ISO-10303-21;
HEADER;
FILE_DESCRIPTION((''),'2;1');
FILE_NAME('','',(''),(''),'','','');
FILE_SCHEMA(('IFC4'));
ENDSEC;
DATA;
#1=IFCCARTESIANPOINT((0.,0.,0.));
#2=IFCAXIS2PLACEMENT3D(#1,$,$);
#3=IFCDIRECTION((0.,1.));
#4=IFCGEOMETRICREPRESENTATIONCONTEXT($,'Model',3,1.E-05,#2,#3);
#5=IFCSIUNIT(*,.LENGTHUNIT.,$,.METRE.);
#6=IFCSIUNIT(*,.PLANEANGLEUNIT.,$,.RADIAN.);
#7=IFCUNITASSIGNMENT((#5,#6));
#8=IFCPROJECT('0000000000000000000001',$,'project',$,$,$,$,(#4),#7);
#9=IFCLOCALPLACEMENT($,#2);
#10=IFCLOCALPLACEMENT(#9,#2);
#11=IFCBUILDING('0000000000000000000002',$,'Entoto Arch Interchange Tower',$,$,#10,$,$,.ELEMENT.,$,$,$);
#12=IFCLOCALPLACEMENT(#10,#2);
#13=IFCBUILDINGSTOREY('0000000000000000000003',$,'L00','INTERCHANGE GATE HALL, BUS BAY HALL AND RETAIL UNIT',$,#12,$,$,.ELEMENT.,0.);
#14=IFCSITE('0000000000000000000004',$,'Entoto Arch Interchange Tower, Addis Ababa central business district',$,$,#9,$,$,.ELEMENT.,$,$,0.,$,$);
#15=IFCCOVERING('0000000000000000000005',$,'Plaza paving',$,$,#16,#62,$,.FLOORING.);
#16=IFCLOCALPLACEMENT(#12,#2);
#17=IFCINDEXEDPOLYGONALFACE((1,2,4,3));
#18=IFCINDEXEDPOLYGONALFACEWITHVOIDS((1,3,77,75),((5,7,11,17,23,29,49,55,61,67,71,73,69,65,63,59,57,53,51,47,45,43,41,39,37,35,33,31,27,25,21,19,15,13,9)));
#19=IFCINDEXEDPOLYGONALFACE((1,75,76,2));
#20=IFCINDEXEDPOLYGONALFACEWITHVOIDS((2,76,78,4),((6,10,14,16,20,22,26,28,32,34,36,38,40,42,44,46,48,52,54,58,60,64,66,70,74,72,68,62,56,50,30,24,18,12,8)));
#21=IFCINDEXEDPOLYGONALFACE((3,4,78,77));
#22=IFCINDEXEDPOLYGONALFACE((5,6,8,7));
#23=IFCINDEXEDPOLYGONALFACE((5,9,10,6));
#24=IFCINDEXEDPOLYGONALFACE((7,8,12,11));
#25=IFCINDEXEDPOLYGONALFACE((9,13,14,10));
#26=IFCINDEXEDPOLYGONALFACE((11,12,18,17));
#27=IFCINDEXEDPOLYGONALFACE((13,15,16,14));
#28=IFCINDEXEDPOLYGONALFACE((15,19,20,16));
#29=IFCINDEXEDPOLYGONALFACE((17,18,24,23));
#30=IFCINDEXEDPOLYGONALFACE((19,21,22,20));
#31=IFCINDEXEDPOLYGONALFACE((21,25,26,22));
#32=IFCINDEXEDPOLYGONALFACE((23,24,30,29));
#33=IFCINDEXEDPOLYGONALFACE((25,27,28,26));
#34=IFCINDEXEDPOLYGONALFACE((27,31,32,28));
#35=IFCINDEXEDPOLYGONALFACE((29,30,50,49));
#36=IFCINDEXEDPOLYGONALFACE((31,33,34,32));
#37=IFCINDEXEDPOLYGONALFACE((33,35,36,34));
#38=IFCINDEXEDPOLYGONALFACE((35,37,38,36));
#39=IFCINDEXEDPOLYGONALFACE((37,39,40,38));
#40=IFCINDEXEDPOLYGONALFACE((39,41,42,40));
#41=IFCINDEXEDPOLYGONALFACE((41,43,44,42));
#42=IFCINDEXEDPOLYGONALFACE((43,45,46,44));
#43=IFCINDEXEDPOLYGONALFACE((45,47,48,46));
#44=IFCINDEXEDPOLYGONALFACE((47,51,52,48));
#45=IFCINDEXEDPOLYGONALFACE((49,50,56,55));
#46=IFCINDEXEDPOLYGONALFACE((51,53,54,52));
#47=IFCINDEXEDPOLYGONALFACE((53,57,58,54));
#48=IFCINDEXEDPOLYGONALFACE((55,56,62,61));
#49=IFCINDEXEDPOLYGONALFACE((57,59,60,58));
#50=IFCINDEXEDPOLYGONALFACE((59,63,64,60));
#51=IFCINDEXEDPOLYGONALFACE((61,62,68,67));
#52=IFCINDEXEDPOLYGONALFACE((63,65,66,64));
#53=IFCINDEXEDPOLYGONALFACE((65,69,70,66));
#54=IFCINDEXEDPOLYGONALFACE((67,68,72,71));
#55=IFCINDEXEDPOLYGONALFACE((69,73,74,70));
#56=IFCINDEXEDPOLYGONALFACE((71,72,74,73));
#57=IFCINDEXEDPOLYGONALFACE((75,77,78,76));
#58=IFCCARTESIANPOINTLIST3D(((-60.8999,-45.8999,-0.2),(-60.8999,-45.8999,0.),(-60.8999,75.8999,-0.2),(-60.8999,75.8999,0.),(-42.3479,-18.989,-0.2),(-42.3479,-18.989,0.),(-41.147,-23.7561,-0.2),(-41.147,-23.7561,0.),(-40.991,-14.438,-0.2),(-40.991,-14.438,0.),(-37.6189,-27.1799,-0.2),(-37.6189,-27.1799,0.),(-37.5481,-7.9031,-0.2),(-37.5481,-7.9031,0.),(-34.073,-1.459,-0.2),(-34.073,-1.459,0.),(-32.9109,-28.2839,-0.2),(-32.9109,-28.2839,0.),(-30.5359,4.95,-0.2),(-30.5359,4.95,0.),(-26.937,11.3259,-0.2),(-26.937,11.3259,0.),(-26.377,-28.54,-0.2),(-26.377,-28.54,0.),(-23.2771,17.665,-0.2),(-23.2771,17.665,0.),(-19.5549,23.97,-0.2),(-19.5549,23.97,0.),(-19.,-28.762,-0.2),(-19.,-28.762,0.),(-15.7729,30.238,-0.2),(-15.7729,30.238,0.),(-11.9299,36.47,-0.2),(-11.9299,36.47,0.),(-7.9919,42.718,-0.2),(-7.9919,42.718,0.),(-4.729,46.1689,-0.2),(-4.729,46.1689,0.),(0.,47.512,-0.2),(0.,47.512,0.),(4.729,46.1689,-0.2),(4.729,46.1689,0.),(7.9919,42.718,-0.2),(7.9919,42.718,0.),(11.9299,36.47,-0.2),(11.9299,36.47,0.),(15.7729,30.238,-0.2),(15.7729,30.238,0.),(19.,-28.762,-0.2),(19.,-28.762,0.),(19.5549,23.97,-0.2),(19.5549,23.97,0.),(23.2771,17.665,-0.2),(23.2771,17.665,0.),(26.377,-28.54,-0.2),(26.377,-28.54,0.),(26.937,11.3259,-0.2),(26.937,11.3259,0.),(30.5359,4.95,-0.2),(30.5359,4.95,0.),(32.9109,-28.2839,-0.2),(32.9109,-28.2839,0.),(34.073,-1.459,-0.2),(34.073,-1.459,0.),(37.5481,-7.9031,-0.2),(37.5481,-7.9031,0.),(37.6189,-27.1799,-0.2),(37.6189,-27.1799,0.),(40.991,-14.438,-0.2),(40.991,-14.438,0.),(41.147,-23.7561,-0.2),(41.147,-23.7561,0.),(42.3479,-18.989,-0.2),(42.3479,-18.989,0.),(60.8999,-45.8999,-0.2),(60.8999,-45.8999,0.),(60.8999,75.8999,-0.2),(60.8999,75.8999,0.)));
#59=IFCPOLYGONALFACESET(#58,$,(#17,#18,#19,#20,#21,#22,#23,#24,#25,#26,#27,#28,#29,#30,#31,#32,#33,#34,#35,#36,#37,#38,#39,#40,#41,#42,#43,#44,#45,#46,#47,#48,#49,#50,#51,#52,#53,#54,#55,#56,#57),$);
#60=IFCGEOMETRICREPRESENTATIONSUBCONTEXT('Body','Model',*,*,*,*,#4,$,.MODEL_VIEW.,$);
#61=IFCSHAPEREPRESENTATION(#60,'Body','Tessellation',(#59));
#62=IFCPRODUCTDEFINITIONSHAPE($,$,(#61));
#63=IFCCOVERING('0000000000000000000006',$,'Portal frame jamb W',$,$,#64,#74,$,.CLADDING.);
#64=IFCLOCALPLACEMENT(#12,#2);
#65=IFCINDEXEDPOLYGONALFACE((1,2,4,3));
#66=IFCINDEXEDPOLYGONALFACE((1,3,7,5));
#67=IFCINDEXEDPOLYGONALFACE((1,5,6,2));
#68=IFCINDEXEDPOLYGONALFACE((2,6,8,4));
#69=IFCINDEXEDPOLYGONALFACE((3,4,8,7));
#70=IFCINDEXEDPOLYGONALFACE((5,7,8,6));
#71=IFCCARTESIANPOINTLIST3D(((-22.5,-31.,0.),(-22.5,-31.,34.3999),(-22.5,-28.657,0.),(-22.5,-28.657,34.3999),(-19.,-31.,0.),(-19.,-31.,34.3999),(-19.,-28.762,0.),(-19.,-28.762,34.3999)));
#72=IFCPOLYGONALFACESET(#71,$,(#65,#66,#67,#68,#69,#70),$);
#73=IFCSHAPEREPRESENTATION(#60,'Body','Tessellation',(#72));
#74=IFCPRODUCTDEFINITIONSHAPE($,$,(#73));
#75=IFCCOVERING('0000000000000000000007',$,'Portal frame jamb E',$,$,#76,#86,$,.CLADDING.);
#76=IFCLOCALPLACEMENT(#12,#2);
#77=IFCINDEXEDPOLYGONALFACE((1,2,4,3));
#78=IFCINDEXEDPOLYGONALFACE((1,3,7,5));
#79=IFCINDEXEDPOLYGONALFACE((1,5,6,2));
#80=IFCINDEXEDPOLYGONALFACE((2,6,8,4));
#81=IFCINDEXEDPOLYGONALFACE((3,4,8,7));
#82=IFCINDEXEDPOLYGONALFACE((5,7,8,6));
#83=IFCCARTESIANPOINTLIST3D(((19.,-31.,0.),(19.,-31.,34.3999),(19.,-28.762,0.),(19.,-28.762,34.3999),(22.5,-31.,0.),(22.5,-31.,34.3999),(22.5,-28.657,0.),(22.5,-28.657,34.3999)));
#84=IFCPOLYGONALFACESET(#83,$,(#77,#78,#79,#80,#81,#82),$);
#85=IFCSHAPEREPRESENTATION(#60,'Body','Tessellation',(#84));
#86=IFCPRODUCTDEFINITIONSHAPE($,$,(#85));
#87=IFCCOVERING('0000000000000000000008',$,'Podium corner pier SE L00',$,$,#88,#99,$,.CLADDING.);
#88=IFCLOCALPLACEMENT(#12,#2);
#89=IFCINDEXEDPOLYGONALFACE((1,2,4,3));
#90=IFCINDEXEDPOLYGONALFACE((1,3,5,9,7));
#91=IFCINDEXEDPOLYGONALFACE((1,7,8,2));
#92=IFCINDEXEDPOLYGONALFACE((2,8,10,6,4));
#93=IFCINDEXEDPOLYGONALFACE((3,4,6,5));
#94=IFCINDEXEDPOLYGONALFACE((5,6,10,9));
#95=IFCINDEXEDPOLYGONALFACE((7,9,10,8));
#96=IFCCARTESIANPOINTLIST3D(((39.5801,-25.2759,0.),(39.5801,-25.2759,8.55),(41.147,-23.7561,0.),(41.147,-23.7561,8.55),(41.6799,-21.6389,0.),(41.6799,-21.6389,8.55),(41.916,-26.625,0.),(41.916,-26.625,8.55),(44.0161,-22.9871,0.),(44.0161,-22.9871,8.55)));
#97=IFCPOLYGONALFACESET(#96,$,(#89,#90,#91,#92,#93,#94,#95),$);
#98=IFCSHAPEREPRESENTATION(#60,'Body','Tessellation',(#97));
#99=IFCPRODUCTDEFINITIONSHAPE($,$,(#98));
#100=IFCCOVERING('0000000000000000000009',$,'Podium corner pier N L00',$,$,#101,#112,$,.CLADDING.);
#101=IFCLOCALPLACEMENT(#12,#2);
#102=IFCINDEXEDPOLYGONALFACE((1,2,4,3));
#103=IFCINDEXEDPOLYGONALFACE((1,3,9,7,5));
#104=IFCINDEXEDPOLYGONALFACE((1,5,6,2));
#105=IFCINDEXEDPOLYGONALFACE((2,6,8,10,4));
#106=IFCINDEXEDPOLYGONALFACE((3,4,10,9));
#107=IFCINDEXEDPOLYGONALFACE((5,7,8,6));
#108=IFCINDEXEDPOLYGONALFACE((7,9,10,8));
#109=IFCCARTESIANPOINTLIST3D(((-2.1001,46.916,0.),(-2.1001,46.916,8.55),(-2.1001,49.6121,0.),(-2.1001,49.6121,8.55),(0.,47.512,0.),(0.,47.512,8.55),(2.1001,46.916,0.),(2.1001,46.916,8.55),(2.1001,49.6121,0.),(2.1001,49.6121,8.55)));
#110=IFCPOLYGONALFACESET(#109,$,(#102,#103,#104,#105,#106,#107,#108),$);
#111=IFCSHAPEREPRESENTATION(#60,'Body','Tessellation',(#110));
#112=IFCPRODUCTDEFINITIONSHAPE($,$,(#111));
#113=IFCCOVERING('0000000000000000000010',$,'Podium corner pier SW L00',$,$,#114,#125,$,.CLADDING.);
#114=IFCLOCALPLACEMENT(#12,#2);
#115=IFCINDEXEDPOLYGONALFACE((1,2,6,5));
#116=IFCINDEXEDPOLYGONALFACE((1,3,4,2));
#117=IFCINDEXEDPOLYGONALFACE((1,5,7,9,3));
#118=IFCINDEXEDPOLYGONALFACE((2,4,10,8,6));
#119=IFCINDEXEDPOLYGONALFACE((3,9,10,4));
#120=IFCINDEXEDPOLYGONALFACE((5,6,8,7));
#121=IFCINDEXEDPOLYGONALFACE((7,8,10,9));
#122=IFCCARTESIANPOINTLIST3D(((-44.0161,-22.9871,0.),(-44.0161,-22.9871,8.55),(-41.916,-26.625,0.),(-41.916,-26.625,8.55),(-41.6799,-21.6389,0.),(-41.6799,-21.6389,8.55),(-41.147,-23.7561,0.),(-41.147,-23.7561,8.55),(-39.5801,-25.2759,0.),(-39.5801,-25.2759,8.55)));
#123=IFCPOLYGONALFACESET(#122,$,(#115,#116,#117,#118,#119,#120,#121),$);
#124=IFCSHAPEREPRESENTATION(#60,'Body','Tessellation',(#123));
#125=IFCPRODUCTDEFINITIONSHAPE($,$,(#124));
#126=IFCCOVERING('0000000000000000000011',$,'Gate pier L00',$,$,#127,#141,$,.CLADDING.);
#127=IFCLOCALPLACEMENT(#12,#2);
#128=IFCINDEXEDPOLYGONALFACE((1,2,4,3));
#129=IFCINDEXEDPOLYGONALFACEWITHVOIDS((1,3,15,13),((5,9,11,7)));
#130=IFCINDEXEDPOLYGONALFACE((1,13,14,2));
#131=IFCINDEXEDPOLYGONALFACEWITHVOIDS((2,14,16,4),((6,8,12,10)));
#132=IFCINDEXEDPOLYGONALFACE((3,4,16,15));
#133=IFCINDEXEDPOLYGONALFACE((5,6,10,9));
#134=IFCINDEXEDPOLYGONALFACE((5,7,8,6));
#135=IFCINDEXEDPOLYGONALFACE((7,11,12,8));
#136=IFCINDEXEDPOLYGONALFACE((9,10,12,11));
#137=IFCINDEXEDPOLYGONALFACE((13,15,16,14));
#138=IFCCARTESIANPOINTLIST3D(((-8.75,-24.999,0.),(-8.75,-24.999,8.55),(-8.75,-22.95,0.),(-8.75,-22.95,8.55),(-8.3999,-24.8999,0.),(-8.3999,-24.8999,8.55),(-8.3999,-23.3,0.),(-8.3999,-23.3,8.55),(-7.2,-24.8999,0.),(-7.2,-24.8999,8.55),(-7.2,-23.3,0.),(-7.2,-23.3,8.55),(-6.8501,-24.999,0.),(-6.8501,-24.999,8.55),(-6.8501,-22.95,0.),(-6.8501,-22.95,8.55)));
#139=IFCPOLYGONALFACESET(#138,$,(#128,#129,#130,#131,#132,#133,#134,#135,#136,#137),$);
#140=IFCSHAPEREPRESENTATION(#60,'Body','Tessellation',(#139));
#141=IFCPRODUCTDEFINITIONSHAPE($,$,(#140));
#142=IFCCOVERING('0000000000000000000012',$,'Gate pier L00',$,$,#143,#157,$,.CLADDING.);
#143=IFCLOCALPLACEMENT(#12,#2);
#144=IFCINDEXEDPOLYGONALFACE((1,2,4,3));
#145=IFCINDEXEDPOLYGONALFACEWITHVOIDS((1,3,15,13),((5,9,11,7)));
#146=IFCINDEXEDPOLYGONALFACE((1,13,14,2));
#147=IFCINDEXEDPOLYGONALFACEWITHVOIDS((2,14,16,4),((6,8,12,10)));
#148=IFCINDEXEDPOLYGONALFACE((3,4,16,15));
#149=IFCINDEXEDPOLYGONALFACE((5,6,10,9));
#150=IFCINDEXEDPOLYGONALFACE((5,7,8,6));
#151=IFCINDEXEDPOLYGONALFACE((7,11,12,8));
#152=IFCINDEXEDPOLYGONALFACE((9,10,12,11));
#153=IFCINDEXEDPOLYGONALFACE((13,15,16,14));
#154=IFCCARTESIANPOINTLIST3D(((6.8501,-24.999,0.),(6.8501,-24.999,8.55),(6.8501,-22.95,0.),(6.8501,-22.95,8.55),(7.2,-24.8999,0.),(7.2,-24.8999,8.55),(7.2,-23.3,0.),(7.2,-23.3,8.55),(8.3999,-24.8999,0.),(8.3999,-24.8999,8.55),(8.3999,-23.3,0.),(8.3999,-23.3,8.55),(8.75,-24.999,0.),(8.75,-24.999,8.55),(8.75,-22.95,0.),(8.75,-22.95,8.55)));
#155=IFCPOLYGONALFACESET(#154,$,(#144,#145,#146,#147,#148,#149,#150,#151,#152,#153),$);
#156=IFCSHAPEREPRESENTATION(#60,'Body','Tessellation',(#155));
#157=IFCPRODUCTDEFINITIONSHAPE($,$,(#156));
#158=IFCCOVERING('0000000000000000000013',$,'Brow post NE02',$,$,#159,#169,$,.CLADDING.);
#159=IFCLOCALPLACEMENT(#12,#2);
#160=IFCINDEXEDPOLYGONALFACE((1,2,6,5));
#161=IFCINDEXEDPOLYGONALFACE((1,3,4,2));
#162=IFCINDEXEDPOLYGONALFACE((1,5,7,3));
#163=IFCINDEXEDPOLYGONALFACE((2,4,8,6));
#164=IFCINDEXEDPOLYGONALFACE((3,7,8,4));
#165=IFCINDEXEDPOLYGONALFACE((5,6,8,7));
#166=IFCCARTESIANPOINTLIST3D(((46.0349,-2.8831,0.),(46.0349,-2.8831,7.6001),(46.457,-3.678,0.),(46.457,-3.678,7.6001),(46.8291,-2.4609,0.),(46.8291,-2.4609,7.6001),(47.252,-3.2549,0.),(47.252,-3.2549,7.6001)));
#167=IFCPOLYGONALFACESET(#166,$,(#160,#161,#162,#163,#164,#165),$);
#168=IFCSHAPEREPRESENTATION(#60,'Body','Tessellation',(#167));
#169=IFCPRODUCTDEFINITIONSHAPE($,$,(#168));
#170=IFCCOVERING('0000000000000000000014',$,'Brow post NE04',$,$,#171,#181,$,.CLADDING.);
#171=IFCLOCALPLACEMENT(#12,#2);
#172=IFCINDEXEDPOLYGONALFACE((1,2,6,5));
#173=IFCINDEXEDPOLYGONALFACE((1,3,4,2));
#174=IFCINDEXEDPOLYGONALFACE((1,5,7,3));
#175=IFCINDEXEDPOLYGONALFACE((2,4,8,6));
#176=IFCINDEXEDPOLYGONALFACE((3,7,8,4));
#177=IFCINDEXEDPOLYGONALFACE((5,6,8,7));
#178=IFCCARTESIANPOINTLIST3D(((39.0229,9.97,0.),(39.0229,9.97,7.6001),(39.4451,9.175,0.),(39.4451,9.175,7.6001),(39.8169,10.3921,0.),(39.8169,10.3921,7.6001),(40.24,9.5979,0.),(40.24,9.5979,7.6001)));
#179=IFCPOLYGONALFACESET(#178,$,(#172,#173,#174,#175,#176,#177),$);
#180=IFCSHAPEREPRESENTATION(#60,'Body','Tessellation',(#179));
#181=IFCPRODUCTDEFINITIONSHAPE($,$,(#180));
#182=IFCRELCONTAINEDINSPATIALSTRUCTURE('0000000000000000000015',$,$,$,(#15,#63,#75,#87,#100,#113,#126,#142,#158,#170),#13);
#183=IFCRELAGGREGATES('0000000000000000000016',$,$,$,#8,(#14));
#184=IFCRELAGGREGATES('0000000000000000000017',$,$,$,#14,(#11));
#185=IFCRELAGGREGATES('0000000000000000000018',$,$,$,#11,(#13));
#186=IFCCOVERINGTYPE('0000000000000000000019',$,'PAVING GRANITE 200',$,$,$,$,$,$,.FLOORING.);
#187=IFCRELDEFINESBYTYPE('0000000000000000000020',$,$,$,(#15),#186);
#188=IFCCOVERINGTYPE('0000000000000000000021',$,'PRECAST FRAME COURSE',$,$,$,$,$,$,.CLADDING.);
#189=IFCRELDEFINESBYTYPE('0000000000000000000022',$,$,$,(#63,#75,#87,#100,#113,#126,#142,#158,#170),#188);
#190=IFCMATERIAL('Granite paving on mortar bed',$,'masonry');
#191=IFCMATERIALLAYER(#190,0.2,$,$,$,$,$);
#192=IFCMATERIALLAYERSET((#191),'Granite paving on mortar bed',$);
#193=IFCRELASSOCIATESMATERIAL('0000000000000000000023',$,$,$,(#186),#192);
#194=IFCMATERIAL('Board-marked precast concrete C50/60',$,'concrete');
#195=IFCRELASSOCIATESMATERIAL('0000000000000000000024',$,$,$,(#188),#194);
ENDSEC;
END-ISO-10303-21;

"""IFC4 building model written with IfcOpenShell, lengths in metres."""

from ifc_helpers import new_model, si_unit, direction, frame, origin, place, context, subcontext, project, spatial, polyline, outline, extrude, material, layer, layer_set, type_object, element, save


model = new_model("IFC4")

# Units and contexts
model_context = context("Model", 3, precision=1e-05, world=origin(), true_north=direction((0.0, 1.0)))
body_context = subcontext(model_context, "Body", "Model", "MODEL_VIEW")
ifc_project = project(units=[si_unit("LENGTHUNIT", "METRE"), si_unit("PLANEANGLEUNIT", "RADIAN")], contexts=[model_context])

# Site, building, storey
site_placement = place(None, origin())
site = spatial("IfcSite", under=ifc_project, at=site_placement, Name="Entoto Arch Interchange Tower, Addis Ababa central business district", CompositionType="ELEMENT", RefElevation=0.0)
building_placement = place(site_placement, origin())
building = spatial("IfcBuilding", under=site, at=building_placement, Name="Entoto Arch Interchange Tower", CompositionType="ELEMENT")
storey_placement = place(building_placement, origin())
storey = spatial("IfcBuildingStorey", under=building, at=storey_placement, Name="L00", Description="INTERCHANGE GATE HALL, BUS BAY HALL AND RETAIL UNIT", CompositionType="ELEMENT", Elevation=0.0)

# Coverings
ifc_material_1 = material(Name="Board-marked precast concrete C50/60", Category="concrete")
ifc_material_2 = material(Name="Granite paving on mortar bed", Category="masonry")
ifc_layer_1 = layer(ifc_material_2, 0.2)
ifc_layer_set_1 = layer_set([ifc_layer_1], Name="Granite paving on mortar bed")
covering_type_1 = type_object("IfcCoveringType", Name="PAVING GRANITE 200", PredefinedType="FLOORING", material=ifc_layer_set_1)
covering_1_placement = place(storey_placement, frame((0.0, 0.0, -0.2)))
element("IfcCovering", 1, at=covering_1_placement, inside=storey, type_object=covering_type_1, Name="Plaza paving", PredefinedType="FLOORING", context=body_context, shape_type="SweptSolid", body=[
    extrude(outline(polyline([(-60.8999, -45.8999), (-60.8999, 75.8999), (60.8999, 75.8999), (60.8999, -45.8999), (-60.8999, -45.8999)]), holes=[polyline([(-26.377, -28.54), (-19.0, -28.762), (19.0, -28.762), (26.377, -28.54), (32.9109, -28.2839), (37.6189, -27.1799), (41.147, -23.7561), (42.3479, -18.989), (40.991, -14.438), (37.5481, -7.9031), (34.073, -1.459), (30.5359, 4.95), (26.937, 11.3259), (23.2771, 17.665), (19.5549, 23.97), (15.7729, 30.238), (11.9299, 36.47), (7.9919, 42.718), (4.729, 46.1689), (0.0, 47.512), (-4.729, 46.1689), (-7.9919, 42.718), (-11.9299, 36.47), (-15.7729, 30.238), (-19.5549, 23.97), (-23.2771, 17.665), (-26.937, 11.3259), (-30.5359, 4.95), (-34.073, -1.459), (-37.5481, -7.9031), (-40.991, -14.438), (-42.3479, -18.989), (-41.147, -23.7561), (-37.6189, -27.1799), (-32.9109, -28.2839), (-26.377, -28.54)])]), origin(), (0.0, 0.0, 1.0), 0.2),
])
covering_type_2 = type_object("IfcCoveringType", Name="PRECAST FRAME COURSE", PredefinedType="CLADDING", material=ifc_material_1)
covering_2_placement = place(storey_placement, origin())
element("IfcCovering", 2, at=covering_2_placement, inside=storey, type_object=covering_type_2, Name="Portal frame jamb W", PredefinedType="CLADDING", context=body_context, shape_type="SweptSolid", body=[
    extrude(outline(polyline([(-19.0, -31.0), (-22.5, -31.0), (-22.5, -28.657), (-19.0, -28.762), (-19.0, -31.0)])), origin(), (0.0, 0.0, 1.0), 34.3999),
])
covering_3_placement = place(storey_placement, origin())
element("IfcCovering", 3, at=covering_3_placement, inside=storey, type_object=covering_type_2, Name="Portal frame jamb E", PredefinedType="CLADDING", context=body_context, shape_type="SweptSolid", body=[
    extrude(outline(polyline([(22.5, -31.0), (19.0, -31.0), (19.0, -28.762), (22.5, -28.657), (22.5, -31.0)])), origin(), (0.0, 0.0, 1.0), 34.3999),
])
covering_4_placement = place(storey_placement, origin())
element("IfcCovering", 4, at=covering_4_placement, inside=storey, type_object=covering_type_2, Name="Podium corner pier SE L00", PredefinedType="CLADDING", context=body_context, shape_type="SweptSolid", body=[
    extrude(outline(polyline([(41.916, -26.625), (39.5801, -25.2759), (41.147, -23.7561), (41.6799, -21.6389), (44.0161, -22.9871), (41.916, -26.625)])), origin(), (0.0, 0.0, 1.0), 8.55),
])
covering_5_placement = place(storey_placement, origin())
element("IfcCovering", 5, at=covering_5_placement, inside=storey, type_object=covering_type_2, Name="Podium corner pier N L00", PredefinedType="CLADDING", context=body_context, shape_type="SweptSolid", body=[
    extrude(outline(polyline([(2.1001, 49.6121), (2.1001, 46.916), (0.0, 47.512), (-2.1001, 46.916), (-2.1001, 49.6121), (2.1001, 49.6121)])), origin(), (0.0, 0.0, 1.0), 8.55),
])
covering_6_placement = place(storey_placement, origin())
element("IfcCovering", 6, at=covering_6_placement, inside=storey, type_object=covering_type_2, Name="Podium corner pier SW L00", PredefinedType="CLADDING", context=body_context, shape_type="SweptSolid", body=[
    extrude(outline(polyline([(-44.0161, -22.9871), (-41.6799, -21.6389), (-41.147, -23.7561), (-39.5801, -25.2759), (-41.916, -26.625), (-44.0161, -22.9871)])), origin(), (0.0, 0.0, 1.0), 8.55),
])
covering_7_placement = place(storey_placement, origin())
element("IfcCovering", 7, at=covering_7_placement, inside=storey, type_object=covering_type_2, Name="Gate pier L00", PredefinedType="CLADDING", context=body_context, shape_type="SweptSolid", body=[
    extrude(outline(polyline([(-8.75, -22.95), (-6.8501, -22.95), (-6.8501, -24.999), (-8.75, -24.999), (-8.75, -22.95)]), holes=[polyline([(-8.3999, -23.3), (-8.3999, -24.8999), (-7.2, -24.8999), (-7.2, -23.3), (-8.3999, -23.3)])]), origin(), (0.0, 0.0, 1.0), 8.55),
])
covering_8_placement = place(storey_placement, origin())
element("IfcCovering", 8, at=covering_8_placement, inside=storey, type_object=covering_type_2, Name="Gate pier L00", PredefinedType="CLADDING", context=body_context, shape_type="SweptSolid", body=[
    extrude(outline(polyline([(6.8501, -22.95), (8.75, -22.95), (8.75, -24.999), (6.8501, -24.999), (6.8501, -22.95)]), holes=[polyline([(7.2, -23.3), (7.2, -24.8999), (8.3999, -24.8999), (8.3999, -23.3), (7.2, -23.3)])]), origin(), (0.0, 0.0, 1.0), 8.55),
])
covering_9_placement = place(storey_placement, origin())
element("IfcCovering", 9, at=covering_9_placement, inside=storey, type_object=covering_type_2, Name="Brow post NE02", PredefinedType="CLADDING", context=body_context, shape_type="SweptSolid", body=[
    extrude(outline(polyline([(46.457, -3.678), (47.252, -3.2549), (46.8291, -2.4609), (46.0349, -2.8831), (46.457, -3.678)])), origin(), (0.0, 0.0, 1.0), 7.6001),
])
covering_10_placement = place(storey_placement, origin())
element("IfcCovering", 10, at=covering_10_placement, inside=storey, type_object=covering_type_2, Name="Brow post NE04", PredefinedType="CLADDING", context=body_context, shape_type="SweptSolid", body=[
    extrude(outline(polyline([(39.4451, 9.175), (40.24, 9.5979), (39.8169, 10.3921), (39.0229, 9.97), (39.4451, 9.175)])), origin(), (0.0, 0.0, 1.0), 7.6001),
])

save(model, "model.ifc")
